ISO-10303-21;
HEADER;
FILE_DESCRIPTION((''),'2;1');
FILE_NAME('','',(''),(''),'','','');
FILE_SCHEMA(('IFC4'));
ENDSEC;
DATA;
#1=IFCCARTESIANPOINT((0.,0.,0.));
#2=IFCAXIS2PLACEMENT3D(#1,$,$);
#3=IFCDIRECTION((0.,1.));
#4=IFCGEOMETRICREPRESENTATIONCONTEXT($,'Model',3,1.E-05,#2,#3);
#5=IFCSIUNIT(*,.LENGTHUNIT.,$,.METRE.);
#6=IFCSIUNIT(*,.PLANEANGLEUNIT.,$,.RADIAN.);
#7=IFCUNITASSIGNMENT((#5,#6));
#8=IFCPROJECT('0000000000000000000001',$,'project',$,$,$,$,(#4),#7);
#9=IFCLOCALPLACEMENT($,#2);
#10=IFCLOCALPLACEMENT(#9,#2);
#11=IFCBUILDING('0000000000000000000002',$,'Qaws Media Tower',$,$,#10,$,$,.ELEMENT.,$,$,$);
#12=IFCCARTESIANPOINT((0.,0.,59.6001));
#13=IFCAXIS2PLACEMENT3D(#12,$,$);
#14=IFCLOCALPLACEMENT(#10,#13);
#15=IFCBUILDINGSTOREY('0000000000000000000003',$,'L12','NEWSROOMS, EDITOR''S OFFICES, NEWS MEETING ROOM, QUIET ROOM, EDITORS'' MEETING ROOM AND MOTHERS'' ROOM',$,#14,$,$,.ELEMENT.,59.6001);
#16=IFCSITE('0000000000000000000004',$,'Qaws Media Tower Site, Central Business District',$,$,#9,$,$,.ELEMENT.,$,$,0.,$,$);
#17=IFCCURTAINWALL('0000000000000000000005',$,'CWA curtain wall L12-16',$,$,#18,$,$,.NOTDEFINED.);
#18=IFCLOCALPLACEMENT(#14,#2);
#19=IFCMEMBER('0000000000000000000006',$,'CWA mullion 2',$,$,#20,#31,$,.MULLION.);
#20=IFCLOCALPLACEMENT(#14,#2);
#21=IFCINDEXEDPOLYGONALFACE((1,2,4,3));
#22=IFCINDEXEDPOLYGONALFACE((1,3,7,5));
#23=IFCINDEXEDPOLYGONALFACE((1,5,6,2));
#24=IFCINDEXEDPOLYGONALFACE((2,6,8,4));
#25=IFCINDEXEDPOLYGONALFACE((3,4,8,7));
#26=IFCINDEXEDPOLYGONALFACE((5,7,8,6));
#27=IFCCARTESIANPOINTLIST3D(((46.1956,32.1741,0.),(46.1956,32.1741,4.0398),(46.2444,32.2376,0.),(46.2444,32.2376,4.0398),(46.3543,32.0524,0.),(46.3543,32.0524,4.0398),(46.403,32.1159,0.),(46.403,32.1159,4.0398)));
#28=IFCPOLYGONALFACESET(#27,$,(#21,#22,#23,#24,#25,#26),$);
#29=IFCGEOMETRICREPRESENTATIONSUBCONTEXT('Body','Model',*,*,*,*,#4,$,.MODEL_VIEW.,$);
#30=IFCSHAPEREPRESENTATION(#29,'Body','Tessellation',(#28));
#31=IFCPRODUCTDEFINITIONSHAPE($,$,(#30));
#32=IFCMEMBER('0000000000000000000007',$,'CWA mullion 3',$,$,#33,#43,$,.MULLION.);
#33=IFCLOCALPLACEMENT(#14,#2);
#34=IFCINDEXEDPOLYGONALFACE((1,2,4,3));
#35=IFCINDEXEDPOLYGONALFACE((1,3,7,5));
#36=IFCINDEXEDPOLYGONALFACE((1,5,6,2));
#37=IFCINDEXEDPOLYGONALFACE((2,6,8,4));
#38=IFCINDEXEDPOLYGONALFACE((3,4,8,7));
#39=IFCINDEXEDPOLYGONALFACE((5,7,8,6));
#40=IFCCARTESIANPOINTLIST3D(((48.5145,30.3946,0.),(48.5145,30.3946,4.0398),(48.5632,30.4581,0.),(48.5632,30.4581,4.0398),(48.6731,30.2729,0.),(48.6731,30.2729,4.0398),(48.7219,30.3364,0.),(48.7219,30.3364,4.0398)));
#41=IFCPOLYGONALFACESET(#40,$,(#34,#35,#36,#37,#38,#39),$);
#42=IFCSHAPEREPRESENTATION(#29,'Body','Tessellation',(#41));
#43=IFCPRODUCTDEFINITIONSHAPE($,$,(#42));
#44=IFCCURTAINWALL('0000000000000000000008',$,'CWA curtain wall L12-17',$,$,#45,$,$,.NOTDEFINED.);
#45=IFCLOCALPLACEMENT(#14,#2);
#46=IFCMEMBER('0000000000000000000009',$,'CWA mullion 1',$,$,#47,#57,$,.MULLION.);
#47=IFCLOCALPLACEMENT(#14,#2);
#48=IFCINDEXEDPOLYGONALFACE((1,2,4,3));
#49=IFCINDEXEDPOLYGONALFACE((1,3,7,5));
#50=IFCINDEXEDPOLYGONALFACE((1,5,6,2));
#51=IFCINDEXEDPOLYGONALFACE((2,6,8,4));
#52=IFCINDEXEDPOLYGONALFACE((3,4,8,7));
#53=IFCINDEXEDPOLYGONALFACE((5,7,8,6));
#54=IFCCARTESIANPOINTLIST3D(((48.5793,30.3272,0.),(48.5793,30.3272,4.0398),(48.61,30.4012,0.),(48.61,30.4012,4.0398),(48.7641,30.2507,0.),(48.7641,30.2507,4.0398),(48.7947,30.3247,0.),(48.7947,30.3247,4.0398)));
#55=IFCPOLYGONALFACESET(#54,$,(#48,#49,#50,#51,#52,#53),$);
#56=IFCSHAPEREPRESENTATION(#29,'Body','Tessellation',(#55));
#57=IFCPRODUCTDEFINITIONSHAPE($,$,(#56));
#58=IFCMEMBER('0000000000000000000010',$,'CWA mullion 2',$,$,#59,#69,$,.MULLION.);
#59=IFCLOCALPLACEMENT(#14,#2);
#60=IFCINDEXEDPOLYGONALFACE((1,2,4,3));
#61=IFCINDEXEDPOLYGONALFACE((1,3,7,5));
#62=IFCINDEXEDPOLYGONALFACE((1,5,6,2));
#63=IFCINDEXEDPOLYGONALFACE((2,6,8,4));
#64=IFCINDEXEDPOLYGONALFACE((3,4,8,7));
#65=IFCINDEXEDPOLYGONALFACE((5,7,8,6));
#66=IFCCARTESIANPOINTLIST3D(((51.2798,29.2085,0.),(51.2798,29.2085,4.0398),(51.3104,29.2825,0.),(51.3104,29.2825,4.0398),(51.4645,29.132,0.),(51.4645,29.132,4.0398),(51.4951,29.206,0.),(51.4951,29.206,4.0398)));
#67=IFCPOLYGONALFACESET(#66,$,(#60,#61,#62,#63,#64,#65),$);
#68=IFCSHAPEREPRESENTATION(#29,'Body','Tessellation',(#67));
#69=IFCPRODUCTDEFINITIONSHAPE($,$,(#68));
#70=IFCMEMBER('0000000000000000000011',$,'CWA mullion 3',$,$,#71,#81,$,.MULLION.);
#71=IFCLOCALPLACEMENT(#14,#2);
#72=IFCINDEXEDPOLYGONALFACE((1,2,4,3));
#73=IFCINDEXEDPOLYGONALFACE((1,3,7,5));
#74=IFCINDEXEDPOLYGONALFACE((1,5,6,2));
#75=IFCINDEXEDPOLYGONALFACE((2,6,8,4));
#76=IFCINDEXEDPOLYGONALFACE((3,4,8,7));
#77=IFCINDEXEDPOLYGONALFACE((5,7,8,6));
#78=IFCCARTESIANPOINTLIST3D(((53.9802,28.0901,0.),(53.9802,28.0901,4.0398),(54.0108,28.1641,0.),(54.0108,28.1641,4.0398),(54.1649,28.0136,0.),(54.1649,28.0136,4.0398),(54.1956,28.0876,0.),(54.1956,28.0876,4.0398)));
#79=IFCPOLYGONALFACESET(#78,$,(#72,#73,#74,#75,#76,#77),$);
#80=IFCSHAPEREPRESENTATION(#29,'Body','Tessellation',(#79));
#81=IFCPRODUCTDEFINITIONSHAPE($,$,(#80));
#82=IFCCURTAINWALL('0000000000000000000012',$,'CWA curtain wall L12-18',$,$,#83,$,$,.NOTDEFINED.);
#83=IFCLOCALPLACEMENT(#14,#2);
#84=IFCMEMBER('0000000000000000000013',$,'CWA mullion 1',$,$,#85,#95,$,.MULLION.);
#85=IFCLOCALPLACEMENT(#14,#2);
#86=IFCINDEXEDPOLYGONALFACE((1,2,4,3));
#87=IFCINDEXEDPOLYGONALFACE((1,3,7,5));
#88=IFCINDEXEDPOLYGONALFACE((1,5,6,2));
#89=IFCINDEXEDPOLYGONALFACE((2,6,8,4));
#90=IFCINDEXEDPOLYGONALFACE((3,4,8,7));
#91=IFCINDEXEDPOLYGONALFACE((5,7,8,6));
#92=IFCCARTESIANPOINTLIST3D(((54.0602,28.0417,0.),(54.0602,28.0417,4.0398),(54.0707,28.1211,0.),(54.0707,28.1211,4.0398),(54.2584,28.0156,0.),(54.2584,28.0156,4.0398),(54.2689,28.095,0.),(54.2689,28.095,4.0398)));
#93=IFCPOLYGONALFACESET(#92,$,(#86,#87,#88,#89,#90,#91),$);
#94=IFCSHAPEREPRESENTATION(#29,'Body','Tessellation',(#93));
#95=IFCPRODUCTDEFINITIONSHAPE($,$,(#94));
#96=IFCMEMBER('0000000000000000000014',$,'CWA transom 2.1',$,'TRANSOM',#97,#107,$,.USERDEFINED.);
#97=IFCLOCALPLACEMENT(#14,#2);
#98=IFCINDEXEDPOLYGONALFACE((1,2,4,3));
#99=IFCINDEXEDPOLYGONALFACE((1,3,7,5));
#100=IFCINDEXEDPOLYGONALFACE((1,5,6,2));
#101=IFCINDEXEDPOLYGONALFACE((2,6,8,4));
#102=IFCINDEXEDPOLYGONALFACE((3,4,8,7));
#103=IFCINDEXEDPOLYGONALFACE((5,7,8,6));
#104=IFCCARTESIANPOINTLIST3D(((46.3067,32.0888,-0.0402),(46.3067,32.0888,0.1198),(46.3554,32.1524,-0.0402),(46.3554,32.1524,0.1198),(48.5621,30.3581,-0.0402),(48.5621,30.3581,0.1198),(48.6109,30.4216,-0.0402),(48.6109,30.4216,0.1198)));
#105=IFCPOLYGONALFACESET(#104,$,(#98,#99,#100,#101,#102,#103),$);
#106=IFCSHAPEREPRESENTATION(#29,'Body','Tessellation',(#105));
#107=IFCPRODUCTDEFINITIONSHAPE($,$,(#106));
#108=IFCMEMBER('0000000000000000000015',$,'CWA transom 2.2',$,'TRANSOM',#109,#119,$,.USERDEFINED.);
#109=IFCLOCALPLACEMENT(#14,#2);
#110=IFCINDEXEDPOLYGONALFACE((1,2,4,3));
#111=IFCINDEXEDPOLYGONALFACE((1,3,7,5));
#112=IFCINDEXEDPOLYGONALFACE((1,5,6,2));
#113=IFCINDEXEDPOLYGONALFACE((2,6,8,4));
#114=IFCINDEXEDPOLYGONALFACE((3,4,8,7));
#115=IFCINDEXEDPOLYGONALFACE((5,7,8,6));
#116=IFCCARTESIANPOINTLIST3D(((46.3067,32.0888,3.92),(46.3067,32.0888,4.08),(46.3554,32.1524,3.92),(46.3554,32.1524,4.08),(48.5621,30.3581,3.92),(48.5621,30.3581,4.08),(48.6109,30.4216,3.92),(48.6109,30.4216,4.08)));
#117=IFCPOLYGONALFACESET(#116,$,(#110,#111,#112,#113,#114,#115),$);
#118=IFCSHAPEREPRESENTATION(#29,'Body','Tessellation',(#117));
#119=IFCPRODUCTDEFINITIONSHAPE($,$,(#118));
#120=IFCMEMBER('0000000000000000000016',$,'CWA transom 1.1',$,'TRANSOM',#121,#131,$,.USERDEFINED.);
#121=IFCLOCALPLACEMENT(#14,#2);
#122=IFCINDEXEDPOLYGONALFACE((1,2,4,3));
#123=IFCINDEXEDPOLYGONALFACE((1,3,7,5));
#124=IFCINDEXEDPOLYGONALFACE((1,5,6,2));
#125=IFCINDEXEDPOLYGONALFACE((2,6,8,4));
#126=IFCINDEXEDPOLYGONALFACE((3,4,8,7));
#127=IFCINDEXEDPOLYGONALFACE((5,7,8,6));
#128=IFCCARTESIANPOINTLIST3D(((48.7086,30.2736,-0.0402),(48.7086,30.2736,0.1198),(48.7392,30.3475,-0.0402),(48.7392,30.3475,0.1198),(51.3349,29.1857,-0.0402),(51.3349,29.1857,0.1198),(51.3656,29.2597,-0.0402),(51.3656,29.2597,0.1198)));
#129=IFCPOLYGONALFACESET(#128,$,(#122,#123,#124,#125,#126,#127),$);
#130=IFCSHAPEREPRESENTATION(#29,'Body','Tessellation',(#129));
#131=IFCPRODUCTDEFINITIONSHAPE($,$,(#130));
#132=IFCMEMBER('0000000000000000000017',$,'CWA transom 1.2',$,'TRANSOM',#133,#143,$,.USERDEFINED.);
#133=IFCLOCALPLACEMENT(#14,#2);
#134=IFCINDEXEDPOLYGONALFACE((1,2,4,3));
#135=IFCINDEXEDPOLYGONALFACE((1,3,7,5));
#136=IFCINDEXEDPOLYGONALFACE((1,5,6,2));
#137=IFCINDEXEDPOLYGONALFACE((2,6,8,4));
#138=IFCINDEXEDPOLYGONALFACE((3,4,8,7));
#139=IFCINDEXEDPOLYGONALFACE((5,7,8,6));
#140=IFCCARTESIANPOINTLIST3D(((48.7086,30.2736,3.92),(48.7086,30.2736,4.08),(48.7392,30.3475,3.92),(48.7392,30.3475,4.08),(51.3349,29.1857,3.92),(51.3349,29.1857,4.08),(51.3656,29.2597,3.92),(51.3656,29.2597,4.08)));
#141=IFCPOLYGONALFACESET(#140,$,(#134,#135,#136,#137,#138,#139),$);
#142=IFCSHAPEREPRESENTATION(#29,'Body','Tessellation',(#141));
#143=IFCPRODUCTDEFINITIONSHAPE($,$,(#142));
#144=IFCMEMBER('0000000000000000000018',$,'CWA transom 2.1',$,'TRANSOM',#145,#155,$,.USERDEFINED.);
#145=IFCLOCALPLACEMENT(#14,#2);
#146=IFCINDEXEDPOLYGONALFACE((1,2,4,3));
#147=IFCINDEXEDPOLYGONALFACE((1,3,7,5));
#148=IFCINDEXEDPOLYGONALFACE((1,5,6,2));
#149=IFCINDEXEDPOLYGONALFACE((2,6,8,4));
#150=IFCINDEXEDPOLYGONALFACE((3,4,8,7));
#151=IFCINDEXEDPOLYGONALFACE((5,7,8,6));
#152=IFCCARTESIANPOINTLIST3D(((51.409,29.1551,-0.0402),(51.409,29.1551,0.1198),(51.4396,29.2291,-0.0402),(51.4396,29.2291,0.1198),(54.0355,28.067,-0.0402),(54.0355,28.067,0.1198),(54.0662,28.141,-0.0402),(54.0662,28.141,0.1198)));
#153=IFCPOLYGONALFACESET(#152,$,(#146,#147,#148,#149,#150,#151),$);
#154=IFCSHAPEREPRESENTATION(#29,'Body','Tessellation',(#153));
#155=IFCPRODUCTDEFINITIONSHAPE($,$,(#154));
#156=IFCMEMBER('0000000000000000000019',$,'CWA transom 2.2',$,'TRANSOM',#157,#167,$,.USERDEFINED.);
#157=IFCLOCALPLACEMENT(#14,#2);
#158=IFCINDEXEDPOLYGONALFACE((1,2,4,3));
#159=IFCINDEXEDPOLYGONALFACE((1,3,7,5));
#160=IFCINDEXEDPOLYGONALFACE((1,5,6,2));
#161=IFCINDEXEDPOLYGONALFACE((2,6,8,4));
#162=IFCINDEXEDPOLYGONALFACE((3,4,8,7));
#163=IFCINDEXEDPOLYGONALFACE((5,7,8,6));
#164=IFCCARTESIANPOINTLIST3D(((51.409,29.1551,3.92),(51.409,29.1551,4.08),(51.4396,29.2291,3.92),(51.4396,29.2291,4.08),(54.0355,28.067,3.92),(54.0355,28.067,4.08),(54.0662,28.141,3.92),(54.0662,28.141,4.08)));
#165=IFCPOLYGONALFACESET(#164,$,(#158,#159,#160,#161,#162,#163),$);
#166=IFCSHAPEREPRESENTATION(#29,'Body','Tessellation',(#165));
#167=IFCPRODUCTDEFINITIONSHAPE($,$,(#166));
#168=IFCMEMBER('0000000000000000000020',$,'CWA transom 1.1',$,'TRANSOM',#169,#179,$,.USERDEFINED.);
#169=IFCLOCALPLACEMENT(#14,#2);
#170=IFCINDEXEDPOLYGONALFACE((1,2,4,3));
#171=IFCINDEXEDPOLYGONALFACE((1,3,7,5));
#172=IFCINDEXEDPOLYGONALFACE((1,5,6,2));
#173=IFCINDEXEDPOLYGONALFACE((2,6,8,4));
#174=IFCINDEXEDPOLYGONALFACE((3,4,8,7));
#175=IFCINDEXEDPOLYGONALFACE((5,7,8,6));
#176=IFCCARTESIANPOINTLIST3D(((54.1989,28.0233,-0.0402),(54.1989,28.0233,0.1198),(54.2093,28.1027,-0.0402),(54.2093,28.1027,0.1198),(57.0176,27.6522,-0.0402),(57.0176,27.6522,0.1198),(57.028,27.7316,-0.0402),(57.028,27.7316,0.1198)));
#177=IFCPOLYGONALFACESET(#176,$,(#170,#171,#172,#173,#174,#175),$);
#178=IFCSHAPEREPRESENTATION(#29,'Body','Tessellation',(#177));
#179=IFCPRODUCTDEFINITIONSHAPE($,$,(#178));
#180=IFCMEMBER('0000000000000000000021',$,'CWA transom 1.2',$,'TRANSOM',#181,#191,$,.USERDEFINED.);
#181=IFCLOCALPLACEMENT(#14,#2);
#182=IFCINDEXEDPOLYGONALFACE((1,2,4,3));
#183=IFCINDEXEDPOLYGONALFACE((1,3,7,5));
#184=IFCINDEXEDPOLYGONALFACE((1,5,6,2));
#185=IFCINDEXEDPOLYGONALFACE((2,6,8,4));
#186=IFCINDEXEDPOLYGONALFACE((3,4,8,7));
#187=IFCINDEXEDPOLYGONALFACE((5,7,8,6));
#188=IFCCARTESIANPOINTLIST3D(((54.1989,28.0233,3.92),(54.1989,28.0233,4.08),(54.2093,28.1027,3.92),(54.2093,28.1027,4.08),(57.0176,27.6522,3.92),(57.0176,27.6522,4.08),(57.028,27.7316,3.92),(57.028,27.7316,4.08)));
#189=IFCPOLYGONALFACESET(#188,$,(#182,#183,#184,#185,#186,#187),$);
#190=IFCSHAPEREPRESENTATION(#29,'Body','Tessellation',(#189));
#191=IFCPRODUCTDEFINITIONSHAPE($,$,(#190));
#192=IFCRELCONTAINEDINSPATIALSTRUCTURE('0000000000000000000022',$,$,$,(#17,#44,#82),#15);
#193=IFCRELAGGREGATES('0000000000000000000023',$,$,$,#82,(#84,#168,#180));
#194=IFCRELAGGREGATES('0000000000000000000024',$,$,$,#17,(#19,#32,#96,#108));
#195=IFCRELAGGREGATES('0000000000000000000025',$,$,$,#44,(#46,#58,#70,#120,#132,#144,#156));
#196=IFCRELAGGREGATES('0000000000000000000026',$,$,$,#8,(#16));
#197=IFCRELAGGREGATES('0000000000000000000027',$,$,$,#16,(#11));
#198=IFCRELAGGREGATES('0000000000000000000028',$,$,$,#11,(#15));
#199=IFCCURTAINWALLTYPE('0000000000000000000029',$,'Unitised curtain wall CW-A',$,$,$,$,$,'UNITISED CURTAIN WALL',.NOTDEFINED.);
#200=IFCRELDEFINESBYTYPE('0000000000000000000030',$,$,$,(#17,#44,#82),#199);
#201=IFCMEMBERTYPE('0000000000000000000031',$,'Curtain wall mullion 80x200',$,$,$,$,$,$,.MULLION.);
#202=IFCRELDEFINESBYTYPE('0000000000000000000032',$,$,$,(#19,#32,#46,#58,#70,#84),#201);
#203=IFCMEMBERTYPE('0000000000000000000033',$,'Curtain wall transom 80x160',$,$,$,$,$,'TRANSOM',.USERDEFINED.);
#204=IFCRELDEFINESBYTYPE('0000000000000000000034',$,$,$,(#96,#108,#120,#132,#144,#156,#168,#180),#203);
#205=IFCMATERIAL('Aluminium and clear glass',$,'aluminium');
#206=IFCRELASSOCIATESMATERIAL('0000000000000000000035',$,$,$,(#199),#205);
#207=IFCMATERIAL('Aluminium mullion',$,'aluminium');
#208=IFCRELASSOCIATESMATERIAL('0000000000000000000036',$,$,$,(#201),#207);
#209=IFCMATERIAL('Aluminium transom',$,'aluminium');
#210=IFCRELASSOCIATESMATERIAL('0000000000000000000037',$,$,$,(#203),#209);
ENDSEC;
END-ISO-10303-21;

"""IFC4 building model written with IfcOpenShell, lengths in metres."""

from ifc_helpers import new_model, si_unit, direction, frame, origin, origin_2d, place, context, subcontext, project, spatial, rectangle, extrude, material, material_profile, profile_set, type_object, element, aggregate, save


model = new_model("IFC4")

# Units and contexts
model_context = context("Model", 3, precision=1e-05, world=origin(), true_north=direction((0.0, 1.0)))
body_context = subcontext(model_context, "Body", "Model", "MODEL_VIEW")
ifc_project = project(units=[si_unit("LENGTHUNIT", "METRE"), si_unit("PLANEANGLEUNIT", "RADIAN")], contexts=[model_context])

# Site, building, storey
site_placement = place(None, origin())
site = spatial("IfcSite", under=ifc_project, at=site_placement, Name="Qaws Media Tower Site, Central Business District", CompositionType="ELEMENT", RefElevation=0.0)
building_placement = place(site_placement, origin())
building = spatial("IfcBuilding", under=site, at=building_placement, Name="Qaws Media Tower", CompositionType="ELEMENT")
storey_placement = place(building_placement, frame((0.0, 0.0, 59.6001)))
storey = spatial("IfcBuildingStorey", under=building, at=storey_placement, Name="L12", Description="NEWSROOMS, EDITOR'S OFFICES, NEWS MEETING ROOM, QUIET ROOM, EDITORS' MEETING ROOM AND MOTHERS' ROOM", CompositionType="ELEMENT", Elevation=59.6001)

# Curtain walls, members
ifc_material_1 = material(Name="Aluminium and clear glass", Category="aluminium")
curtain_wall_type = type_object("IfcCurtainWallType", Name="Unitised curtain wall CW-A", ElementType="UNITISED CURTAIN WALL", PredefinedType="NOTDEFINED", material=ifc_material_1)
curtain_wall_1_placement = place(storey_placement, origin())
curtain_wall_1 = element("IfcCurtainWall", 1, at=curtain_wall_1_placement, inside=storey, type_object=curtain_wall_type, Name="CWA curtain wall L12-16", PredefinedType="NOTDEFINED")
ifc_material_2 = material(Name="Aluminium mullion", Category="aluminium")
ifc_material_profile_1 = material_profile(ifc_material_2, rectangle(XDim=0.0801, YDim=0.2, at=origin_2d()), Name="80x200")
ifc_profile_set_1 = profile_set([ifc_material_profile_1], Name="Aluminium mullion")
member_type_1 = type_object("IfcMemberType", Name="Curtain wall mullion 80x200", PredefinedType="MULLION", material=ifc_profile_set_1)
member_1_placement = place(storey_placement, frame((46.2993, 32.145, 0.0), z_axis=(0.0, 0.0, 1.0), x_axis=(0.608761, 0.793353, 0.0)))
member_1 = element("IfcMember", 2, at=member_1_placement, type_object=member_type_1, Name="CWA mullion 2", PredefinedType="MULLION", context=body_context, shape_type="SweptSolid", body=[
    extrude(rectangle(XDim=0.0801, YDim=0.2, at=origin_2d()), origin(), (0.0, 0.0, 1.0), 4.0398),
])
member_2_placement = place(storey_placement, frame((48.6182, 30.3655, 0.0), z_axis=(0.0, 0.0, 1.0), x_axis=(0.608761, 0.793353, 0.0)))
member_2 = element("IfcMember", 3, at=member_2_placement, type_object=member_type_1, Name="CWA mullion 3", PredefinedType="MULLION", context=body_context, shape_type="SweptSolid", body=[
    extrude(rectangle(XDim=0.0801, YDim=0.2, at=origin_2d()), origin(), (0.0, 0.0, 1.0), 4.0398),
])
curtain_wall_2_placement = place(storey_placement, origin())
curtain_wall_2 = element("IfcCurtainWall", 4, at=curtain_wall_2_placement, inside=storey, type_object=curtain_wall_type, Name="CWA curtain wall L12-17", PredefinedType="NOTDEFINED")
member_3_placement = place(storey_placement, frame((48.687, 30.3259, 0.0), z_axis=(0.0, 0.0, 1.0), x_axis=(0.382683, 0.92388, 0.0)))
member_3 = element("IfcMember", 5, at=member_3_placement, type_object=member_type_1, Name="CWA mullion 1", PredefinedType="MULLION", context=body_context, shape_type="SweptSolid", body=[
    extrude(rectangle(XDim=0.0801, YDim=0.2, at=origin_2d()), origin(), (0.0, 0.0, 1.0), 4.0398),
])
member_4_placement = place(storey_placement, frame((51.3875, 29.2073, 0.0), z_axis=(0.0, 0.0, 1.0), x_axis=(0.382683, 0.92388, 0.0)))
member_4 = element("IfcMember", 6, at=member_4_placement, type_object=member_type_1, Name="CWA mullion 2", PredefinedType="MULLION", context=body_context, shape_type="SweptSolid", body=[
    extrude(rectangle(XDim=0.0801, YDim=0.2, at=origin_2d()), origin(), (0.0, 0.0, 1.0), 4.0398),
])
member_5_placement = place(storey_placement, frame((54.0879, 28.0889, 0.0), z_axis=(0.0, 0.0, 1.0), x_axis=(0.382683, 0.92388, 0.0)))
member_5 = element("IfcMember", 7, at=member_5_placement, type_object=member_type_1, Name="CWA mullion 3", PredefinedType="MULLION", context=body_context, shape_type="SweptSolid", body=[
    extrude(rectangle(XDim=0.0801, YDim=0.2, at=origin_2d()), origin(), (0.0, 0.0, 1.0), 4.0398),
])

# Curtain wall, member
curtain_wall_3_placement = place(storey_placement, origin())
curtain_wall_3 = element("IfcCurtainWall", 8, at=curtain_wall_3_placement, inside=storey, type_object=curtain_wall_type, Name="CWA curtain wall L12-18", PredefinedType="NOTDEFINED")
member_6_placement = place(storey_placement, frame((54.1646, 28.0684, 0.0), z_axis=(0.0, 0.0, 1.0), x_axis=(0.130526, 0.991445, 0.0)))
member_6 = element("IfcMember", 9, at=member_6_placement, type_object=member_type_1, Name="CWA mullion 1", PredefinedType="MULLION", context=body_context, shape_type="SweptSolid", body=[
    extrude(rectangle(XDim=0.0801, YDim=0.2, at=origin_2d()), origin(), (0.0, 0.0, 1.0), 4.0398),
])

# Members
ifc_material_3 = material(Name="Aluminium transom", Category="aluminium")
ifc_material_profile_2 = material_profile(ifc_material_3, rectangle(XDim=0.0801, YDim=0.1599, at=origin_2d()), Name="80x160")
ifc_profile_set_2 = profile_set([ifc_material_profile_2], Name="Aluminium transom")
member_type_2 = type_object("IfcMemberType", Name="Curtain wall transom 80x160", ElementType="TRANSOM", PredefinedType="USERDEFINED", material=ifc_profile_set_2)
member_7_placement = place(storey_placement, frame((46.3311, 32.1206, 0.0398), z_axis=(0.793335, -0.608785, 0.0), x_axis=(0.608785, 0.793335, 0.0)))
member_7 = element("IfcMember", 10, at=member_7_placement, type_object=member_type_2, Name="CWA transom 2.1", ObjectType="TRANSOM", PredefinedType="USERDEFINED", context=body_context, shape_type="SweptSolid", body=[
    extrude(rectangle(XDim=0.0801, YDim=0.1599, at=origin_2d()), origin(), (0.0, 0.0, 1.0), 2.843),
])
member_8_placement = place(storey_placement, frame((46.3311, 32.1206, 4.0), z_axis=(0.793335, -0.608785, 0.0), x_axis=(0.608785, 0.793335, 0.0)))
member_8 = element("IfcMember", 11, at=member_8_placement, type_object=member_type_2, Name="CWA transom 2.2", ObjectType="TRANSOM", PredefinedType="USERDEFINED", context=body_context, shape_type="SweptSolid", body=[
    extrude(rectangle(XDim=0.0801, YDim=0.1599, at=origin_2d()), origin(), (0.0, 0.0, 1.0), 2.843),
])
member_9_placement = place(storey_placement, frame((48.7239, 30.3105, 0.0398), z_axis=(0.923883, -0.382675, 0.0), x_axis=(0.382675, 0.923883, 0.0)))
member_9 = element("IfcMember", 12, at=member_9_placement, type_object=member_type_2, Name="CWA transom 1.1", ObjectType="TRANSOM", PredefinedType="USERDEFINED", context=body_context, shape_type="SweptSolid", body=[
    extrude(rectangle(XDim=0.0801, YDim=0.1599, at=origin_2d()), origin(), (0.0, 0.0, 1.0), 2.8428),
])
member_10_placement = place(storey_placement, frame((48.7239, 30.3105, 4.0), z_axis=(0.923883, -0.382675, 0.0), x_axis=(0.382675, 0.923883, 0.0)))
member_10 = element("IfcMember", 13, at=member_10_placement, type_object=member_type_2, Name="CWA transom 1.2", ObjectType="TRANSOM", PredefinedType="USERDEFINED", context=body_context, shape_type="SweptSolid", body=[
    extrude(rectangle(XDim=0.0801, YDim=0.1599, at=origin_2d()), origin(), (0.0, 0.0, 1.0), 2.8428),
])
member_11_placement = place(storey_placement, frame((51.4243, 29.1921, 0.0398), z_axis=(0.923852, -0.382749, 0.0), x_axis=(0.382749, 0.923852, 0.0)))
member_11 = element("IfcMember", 14, at=member_11_placement, type_object=member_type_2, Name="CWA transom 2.1", ObjectType="TRANSOM", PredefinedType="USERDEFINED", context=body_context, shape_type="SweptSolid", body=[
    extrude(rectangle(XDim=0.0801, YDim=0.1599, at=origin_2d()), origin(), (0.0, 0.0, 1.0), 2.843),
])
member_12_placement = place(storey_placement, frame((51.4243, 29.1921, 4.0), z_axis=(0.923852, -0.382749, 0.0), x_axis=(0.382749, 0.923852, 0.0)))
member_12 = element("IfcMember", 15, at=member_12_placement, type_object=member_type_2, Name="CWA transom 2.2", ObjectType="TRANSOM", PredefinedType="USERDEFINED", context=body_context, shape_type="SweptSolid", body=[
    extrude(rectangle(XDim=0.0801, YDim=0.1599, at=origin_2d()), origin(), (0.0, 0.0, 1.0), 2.843),
])
member_13_placement = place(storey_placement, frame((54.2041, 28.063, 0.0398), z_axis=(0.991444, -0.130532, 0.0), x_axis=(0.130532, 0.991444, 0.0)))
member_13 = element("IfcMember", 16, at=member_13_placement, type_object=member_type_2, Name="CWA transom 1.1", ObjectType="TRANSOM", PredefinedType="USERDEFINED", context=body_context, shape_type="SweptSolid", body=[
    extrude(rectangle(XDim=0.0801, YDim=0.1599, at=origin_2d()), origin(), (0.0, 0.0, 1.0), 2.843),
])
member_14_placement = place(storey_placement, frame((54.2041, 28.063, 4.0), z_axis=(0.991444, -0.130532, 0.0), x_axis=(0.130532, 0.991444, 0.0)))
member_14 = element("IfcMember", 17, at=member_14_placement, type_object=member_type_2, Name="CWA transom 1.2", ObjectType="TRANSOM", PredefinedType="USERDEFINED", context=body_context, shape_type="SweptSolid", body=[
    extrude(rectangle(XDim=0.0801, YDim=0.1599, at=origin_2d()), origin(), (0.0, 0.0, 1.0), 2.843),
])
aggregate(curtain_wall_3, [member_6, member_13, member_14])

aggregate(curtain_wall_1, [member_1, member_2, member_7, member_8])
aggregate(curtain_wall_2, [member_3, member_4, member_5, member_9, member_10, member_11, member_12])

save(model, "model.ifc")
